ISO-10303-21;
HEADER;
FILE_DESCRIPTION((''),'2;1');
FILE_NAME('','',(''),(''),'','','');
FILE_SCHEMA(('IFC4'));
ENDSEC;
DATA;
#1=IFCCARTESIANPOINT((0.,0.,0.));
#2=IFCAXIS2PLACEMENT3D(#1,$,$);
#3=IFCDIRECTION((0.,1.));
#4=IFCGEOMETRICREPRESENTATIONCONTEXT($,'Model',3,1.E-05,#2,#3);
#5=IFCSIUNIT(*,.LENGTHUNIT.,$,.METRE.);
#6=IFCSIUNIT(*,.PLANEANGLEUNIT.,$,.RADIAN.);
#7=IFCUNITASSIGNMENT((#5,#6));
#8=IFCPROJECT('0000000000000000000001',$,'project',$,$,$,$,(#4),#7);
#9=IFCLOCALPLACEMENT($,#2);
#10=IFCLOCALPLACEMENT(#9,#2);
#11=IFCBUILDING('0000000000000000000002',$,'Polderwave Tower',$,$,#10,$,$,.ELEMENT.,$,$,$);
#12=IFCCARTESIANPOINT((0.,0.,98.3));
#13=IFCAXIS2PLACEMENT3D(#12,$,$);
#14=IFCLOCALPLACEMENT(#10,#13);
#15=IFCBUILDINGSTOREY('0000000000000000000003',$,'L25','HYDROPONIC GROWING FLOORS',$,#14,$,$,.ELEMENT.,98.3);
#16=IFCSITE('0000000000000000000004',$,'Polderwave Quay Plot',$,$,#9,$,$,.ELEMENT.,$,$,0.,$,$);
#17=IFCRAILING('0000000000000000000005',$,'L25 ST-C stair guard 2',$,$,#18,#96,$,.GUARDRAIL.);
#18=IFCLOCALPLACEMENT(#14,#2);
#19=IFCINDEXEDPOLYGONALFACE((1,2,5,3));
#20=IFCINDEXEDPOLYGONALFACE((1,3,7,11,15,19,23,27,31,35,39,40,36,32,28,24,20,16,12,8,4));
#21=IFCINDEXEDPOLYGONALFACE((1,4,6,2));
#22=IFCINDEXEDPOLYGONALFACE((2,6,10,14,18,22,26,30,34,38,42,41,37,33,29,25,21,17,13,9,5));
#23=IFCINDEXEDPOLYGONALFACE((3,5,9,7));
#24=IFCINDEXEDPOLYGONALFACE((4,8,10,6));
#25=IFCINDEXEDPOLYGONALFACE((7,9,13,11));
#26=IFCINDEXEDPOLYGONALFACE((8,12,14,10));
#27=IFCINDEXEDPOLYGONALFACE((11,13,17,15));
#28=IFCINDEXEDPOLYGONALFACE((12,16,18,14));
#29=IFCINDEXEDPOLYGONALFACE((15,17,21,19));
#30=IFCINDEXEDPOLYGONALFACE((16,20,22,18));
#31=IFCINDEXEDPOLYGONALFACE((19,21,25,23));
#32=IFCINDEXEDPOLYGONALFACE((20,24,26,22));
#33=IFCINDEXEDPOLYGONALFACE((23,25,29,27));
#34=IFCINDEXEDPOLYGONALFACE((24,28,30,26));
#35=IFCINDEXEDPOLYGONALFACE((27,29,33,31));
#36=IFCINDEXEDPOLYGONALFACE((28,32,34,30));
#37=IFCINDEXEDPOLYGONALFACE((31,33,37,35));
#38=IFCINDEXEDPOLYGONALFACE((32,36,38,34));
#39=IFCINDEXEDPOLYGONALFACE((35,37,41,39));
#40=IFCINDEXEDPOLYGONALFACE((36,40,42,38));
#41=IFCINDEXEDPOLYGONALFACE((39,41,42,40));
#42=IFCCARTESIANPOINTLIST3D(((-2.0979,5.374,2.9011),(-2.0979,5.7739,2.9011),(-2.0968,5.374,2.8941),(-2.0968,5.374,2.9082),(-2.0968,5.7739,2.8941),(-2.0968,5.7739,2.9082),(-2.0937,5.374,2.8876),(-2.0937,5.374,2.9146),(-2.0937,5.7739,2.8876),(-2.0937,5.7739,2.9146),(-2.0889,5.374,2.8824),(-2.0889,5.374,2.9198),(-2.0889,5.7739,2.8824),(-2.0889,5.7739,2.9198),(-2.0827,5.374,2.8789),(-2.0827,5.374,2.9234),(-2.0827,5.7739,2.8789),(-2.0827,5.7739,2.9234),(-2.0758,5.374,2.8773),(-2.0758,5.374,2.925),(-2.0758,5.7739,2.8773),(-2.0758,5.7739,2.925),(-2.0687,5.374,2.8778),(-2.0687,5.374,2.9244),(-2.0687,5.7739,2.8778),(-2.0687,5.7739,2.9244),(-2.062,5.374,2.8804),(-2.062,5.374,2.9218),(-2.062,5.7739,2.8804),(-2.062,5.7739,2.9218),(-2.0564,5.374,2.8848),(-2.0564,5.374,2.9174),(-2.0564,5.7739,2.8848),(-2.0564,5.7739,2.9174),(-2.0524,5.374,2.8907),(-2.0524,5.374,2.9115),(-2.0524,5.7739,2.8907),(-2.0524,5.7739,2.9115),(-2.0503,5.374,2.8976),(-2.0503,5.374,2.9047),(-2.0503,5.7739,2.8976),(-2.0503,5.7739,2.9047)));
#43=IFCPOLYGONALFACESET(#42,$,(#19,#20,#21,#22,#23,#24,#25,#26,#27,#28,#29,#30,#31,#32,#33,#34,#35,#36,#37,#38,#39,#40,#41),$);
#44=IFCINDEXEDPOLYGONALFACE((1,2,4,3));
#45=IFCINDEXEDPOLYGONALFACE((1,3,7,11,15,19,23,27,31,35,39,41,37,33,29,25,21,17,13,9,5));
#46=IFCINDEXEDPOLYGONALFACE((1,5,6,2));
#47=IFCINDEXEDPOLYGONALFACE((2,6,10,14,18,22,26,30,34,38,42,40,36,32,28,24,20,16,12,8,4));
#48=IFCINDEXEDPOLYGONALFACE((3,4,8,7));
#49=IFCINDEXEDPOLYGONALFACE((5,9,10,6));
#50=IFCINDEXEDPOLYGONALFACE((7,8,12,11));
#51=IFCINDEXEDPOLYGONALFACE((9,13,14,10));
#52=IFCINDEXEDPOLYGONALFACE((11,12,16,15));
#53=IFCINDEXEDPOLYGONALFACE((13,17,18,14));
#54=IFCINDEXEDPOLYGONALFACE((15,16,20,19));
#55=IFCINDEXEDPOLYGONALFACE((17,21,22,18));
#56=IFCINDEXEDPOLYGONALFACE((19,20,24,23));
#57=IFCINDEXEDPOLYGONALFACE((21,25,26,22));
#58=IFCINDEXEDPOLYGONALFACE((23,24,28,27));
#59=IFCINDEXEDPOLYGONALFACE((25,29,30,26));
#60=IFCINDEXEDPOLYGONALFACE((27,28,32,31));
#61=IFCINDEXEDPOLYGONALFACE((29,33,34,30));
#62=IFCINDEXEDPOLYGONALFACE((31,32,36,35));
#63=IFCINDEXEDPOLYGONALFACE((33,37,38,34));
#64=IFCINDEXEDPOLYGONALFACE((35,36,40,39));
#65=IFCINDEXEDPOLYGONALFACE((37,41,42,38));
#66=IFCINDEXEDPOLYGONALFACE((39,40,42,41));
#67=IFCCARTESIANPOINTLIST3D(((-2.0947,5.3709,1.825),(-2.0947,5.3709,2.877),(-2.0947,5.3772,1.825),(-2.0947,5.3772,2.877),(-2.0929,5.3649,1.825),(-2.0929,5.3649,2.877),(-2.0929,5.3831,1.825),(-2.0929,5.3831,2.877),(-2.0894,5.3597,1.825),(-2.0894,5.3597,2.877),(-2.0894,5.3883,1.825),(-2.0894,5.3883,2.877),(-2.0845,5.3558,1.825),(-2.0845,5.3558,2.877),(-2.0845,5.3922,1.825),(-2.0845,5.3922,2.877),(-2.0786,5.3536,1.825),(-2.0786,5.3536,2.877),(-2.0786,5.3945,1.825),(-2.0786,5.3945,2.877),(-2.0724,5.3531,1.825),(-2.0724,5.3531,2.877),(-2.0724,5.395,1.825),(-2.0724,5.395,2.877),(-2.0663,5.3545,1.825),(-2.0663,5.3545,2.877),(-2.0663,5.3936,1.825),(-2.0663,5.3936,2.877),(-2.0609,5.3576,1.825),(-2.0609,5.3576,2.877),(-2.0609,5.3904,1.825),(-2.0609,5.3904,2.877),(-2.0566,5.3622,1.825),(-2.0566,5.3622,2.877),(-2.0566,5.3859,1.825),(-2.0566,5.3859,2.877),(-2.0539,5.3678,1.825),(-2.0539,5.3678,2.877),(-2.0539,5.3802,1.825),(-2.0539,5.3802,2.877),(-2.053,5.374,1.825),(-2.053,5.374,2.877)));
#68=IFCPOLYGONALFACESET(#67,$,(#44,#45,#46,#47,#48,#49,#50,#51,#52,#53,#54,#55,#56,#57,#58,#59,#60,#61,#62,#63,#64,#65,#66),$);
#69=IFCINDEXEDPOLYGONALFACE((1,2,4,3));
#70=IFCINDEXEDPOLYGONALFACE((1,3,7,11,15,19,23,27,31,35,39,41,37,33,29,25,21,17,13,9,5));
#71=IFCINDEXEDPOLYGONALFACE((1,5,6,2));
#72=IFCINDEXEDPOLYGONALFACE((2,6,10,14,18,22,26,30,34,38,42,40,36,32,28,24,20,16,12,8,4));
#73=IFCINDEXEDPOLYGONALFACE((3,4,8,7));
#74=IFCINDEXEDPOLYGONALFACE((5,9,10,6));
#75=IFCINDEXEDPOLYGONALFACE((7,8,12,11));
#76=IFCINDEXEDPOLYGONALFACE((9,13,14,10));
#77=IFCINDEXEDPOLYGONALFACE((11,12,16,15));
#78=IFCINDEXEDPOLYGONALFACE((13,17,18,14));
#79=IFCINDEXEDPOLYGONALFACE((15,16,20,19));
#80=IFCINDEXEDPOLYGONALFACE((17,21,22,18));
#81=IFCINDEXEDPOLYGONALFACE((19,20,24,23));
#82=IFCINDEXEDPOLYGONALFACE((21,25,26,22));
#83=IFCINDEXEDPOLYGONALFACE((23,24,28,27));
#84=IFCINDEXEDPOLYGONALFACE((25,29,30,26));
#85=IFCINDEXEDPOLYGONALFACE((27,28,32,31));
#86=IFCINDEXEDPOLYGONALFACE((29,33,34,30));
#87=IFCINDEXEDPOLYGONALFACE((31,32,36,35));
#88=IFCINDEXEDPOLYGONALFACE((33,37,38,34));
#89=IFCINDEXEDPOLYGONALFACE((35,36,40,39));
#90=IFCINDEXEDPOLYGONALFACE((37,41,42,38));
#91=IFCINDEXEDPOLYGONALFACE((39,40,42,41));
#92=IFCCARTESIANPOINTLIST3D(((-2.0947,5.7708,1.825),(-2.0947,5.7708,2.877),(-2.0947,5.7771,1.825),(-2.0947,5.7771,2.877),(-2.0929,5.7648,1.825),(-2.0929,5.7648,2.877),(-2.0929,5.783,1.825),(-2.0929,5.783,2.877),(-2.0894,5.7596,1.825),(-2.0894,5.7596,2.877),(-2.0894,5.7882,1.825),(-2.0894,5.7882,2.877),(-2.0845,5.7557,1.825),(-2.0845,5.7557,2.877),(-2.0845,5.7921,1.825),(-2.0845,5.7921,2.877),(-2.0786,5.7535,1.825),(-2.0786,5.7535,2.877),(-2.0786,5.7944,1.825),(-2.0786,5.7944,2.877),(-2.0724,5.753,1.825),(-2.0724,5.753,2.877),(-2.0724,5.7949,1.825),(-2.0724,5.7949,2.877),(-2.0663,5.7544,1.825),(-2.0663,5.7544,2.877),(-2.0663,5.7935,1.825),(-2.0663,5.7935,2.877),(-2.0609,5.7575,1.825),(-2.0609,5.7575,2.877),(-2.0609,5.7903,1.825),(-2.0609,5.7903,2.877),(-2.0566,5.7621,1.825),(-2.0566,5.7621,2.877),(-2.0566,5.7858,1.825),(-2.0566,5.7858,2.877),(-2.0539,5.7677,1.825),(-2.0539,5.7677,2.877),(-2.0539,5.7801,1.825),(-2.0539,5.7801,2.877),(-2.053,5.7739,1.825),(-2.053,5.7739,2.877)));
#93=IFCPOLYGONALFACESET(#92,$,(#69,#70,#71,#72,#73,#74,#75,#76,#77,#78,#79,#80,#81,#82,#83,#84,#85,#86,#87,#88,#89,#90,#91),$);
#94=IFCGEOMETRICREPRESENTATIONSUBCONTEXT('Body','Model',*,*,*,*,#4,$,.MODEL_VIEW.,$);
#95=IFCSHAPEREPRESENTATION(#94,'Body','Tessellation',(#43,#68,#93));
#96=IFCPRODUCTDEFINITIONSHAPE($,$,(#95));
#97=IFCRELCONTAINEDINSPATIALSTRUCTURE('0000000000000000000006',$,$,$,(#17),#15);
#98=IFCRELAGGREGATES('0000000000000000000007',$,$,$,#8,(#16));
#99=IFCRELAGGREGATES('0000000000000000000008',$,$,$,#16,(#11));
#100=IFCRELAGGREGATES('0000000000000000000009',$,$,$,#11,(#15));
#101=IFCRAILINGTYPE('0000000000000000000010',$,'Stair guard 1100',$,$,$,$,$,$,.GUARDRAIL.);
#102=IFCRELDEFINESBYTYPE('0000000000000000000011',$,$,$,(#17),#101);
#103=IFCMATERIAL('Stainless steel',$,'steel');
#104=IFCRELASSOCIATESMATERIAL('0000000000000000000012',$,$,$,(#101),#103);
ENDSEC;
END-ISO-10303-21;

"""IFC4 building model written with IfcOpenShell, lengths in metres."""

from ifc_helpers import new_model, si_unit, direction, frame, origin, origin_2d, place, context, subcontext, project, spatial, circle, extrude, material, type_object, element, save


model = new_model("IFC4")

# Units and contexts
model_context = context("Model", 3, precision=1e-05, world=origin(), true_north=direction((0.0, 1.0)))
body_context = subcontext(model_context, "Body", "Model", "MODEL_VIEW")
ifc_project = project(units=[si_unit("LENGTHUNIT", "METRE"), si_unit("PLANEANGLEUNIT", "RADIAN")], contexts=[model_context])

# Site, building, storey
site_placement = place(None, origin())
site = spatial("IfcSite", under=ifc_project, at=site_placement, Name="Polderwave Quay Plot", CompositionType="ELEMENT", RefElevation=0.0)
building_placement = place(site_placement, origin())
building = spatial("IfcBuilding", under=site, at=building_placement, Name="Polderwave Tower", CompositionType="ELEMENT")
storey_placement = place(building_placement, frame((0.0, 0.0, 98.3)))
storey = spatial("IfcBuildingStorey", under=building, at=storey_placement, Name="L25", Description="HYDROPONIC GROWING FLOORS", CompositionType="ELEMENT", Elevation=98.3)

# Railing
ifc_material_1 = material(Name="Stainless steel", Category="steel")
railing_type_1 = type_object("IfcRailingType", Name="Stair guard 1100", PredefinedType="GUARDRAIL", material=ifc_material_1)
railing_1_placement = place(storey_placement, frame((-2.074, 5.374, 1.825)))
element("IfcRailing", 1, at=railing_1_placement, inside=storey, type_object=railing_type_1, Name="L25 ST-C stair guard 2", PredefinedType="GUARDRAIL", context=body_context, shape_type="SweptSolid", body=[
    extrude(circle(Radius=0.0239, at=origin_2d()), frame((0.0, 0.0, 1.0762), z_axis=(0.0, 1.0, 0.0), x_axis=(-1.0, 0.0, 0.0)), (0.0, 0.0, 1.0), 0.3999),
    extrude(circle(Radius=0.021, at=origin_2d()), origin(), (0.0, 0.0, 1.0), 1.052),
    extrude(circle(Radius=0.021, at=origin_2d()), frame((0.0, 0.3999, 0.0)), (0.0, 0.0, 1.0), 1.052),
])

save(model, "model.ifc")
